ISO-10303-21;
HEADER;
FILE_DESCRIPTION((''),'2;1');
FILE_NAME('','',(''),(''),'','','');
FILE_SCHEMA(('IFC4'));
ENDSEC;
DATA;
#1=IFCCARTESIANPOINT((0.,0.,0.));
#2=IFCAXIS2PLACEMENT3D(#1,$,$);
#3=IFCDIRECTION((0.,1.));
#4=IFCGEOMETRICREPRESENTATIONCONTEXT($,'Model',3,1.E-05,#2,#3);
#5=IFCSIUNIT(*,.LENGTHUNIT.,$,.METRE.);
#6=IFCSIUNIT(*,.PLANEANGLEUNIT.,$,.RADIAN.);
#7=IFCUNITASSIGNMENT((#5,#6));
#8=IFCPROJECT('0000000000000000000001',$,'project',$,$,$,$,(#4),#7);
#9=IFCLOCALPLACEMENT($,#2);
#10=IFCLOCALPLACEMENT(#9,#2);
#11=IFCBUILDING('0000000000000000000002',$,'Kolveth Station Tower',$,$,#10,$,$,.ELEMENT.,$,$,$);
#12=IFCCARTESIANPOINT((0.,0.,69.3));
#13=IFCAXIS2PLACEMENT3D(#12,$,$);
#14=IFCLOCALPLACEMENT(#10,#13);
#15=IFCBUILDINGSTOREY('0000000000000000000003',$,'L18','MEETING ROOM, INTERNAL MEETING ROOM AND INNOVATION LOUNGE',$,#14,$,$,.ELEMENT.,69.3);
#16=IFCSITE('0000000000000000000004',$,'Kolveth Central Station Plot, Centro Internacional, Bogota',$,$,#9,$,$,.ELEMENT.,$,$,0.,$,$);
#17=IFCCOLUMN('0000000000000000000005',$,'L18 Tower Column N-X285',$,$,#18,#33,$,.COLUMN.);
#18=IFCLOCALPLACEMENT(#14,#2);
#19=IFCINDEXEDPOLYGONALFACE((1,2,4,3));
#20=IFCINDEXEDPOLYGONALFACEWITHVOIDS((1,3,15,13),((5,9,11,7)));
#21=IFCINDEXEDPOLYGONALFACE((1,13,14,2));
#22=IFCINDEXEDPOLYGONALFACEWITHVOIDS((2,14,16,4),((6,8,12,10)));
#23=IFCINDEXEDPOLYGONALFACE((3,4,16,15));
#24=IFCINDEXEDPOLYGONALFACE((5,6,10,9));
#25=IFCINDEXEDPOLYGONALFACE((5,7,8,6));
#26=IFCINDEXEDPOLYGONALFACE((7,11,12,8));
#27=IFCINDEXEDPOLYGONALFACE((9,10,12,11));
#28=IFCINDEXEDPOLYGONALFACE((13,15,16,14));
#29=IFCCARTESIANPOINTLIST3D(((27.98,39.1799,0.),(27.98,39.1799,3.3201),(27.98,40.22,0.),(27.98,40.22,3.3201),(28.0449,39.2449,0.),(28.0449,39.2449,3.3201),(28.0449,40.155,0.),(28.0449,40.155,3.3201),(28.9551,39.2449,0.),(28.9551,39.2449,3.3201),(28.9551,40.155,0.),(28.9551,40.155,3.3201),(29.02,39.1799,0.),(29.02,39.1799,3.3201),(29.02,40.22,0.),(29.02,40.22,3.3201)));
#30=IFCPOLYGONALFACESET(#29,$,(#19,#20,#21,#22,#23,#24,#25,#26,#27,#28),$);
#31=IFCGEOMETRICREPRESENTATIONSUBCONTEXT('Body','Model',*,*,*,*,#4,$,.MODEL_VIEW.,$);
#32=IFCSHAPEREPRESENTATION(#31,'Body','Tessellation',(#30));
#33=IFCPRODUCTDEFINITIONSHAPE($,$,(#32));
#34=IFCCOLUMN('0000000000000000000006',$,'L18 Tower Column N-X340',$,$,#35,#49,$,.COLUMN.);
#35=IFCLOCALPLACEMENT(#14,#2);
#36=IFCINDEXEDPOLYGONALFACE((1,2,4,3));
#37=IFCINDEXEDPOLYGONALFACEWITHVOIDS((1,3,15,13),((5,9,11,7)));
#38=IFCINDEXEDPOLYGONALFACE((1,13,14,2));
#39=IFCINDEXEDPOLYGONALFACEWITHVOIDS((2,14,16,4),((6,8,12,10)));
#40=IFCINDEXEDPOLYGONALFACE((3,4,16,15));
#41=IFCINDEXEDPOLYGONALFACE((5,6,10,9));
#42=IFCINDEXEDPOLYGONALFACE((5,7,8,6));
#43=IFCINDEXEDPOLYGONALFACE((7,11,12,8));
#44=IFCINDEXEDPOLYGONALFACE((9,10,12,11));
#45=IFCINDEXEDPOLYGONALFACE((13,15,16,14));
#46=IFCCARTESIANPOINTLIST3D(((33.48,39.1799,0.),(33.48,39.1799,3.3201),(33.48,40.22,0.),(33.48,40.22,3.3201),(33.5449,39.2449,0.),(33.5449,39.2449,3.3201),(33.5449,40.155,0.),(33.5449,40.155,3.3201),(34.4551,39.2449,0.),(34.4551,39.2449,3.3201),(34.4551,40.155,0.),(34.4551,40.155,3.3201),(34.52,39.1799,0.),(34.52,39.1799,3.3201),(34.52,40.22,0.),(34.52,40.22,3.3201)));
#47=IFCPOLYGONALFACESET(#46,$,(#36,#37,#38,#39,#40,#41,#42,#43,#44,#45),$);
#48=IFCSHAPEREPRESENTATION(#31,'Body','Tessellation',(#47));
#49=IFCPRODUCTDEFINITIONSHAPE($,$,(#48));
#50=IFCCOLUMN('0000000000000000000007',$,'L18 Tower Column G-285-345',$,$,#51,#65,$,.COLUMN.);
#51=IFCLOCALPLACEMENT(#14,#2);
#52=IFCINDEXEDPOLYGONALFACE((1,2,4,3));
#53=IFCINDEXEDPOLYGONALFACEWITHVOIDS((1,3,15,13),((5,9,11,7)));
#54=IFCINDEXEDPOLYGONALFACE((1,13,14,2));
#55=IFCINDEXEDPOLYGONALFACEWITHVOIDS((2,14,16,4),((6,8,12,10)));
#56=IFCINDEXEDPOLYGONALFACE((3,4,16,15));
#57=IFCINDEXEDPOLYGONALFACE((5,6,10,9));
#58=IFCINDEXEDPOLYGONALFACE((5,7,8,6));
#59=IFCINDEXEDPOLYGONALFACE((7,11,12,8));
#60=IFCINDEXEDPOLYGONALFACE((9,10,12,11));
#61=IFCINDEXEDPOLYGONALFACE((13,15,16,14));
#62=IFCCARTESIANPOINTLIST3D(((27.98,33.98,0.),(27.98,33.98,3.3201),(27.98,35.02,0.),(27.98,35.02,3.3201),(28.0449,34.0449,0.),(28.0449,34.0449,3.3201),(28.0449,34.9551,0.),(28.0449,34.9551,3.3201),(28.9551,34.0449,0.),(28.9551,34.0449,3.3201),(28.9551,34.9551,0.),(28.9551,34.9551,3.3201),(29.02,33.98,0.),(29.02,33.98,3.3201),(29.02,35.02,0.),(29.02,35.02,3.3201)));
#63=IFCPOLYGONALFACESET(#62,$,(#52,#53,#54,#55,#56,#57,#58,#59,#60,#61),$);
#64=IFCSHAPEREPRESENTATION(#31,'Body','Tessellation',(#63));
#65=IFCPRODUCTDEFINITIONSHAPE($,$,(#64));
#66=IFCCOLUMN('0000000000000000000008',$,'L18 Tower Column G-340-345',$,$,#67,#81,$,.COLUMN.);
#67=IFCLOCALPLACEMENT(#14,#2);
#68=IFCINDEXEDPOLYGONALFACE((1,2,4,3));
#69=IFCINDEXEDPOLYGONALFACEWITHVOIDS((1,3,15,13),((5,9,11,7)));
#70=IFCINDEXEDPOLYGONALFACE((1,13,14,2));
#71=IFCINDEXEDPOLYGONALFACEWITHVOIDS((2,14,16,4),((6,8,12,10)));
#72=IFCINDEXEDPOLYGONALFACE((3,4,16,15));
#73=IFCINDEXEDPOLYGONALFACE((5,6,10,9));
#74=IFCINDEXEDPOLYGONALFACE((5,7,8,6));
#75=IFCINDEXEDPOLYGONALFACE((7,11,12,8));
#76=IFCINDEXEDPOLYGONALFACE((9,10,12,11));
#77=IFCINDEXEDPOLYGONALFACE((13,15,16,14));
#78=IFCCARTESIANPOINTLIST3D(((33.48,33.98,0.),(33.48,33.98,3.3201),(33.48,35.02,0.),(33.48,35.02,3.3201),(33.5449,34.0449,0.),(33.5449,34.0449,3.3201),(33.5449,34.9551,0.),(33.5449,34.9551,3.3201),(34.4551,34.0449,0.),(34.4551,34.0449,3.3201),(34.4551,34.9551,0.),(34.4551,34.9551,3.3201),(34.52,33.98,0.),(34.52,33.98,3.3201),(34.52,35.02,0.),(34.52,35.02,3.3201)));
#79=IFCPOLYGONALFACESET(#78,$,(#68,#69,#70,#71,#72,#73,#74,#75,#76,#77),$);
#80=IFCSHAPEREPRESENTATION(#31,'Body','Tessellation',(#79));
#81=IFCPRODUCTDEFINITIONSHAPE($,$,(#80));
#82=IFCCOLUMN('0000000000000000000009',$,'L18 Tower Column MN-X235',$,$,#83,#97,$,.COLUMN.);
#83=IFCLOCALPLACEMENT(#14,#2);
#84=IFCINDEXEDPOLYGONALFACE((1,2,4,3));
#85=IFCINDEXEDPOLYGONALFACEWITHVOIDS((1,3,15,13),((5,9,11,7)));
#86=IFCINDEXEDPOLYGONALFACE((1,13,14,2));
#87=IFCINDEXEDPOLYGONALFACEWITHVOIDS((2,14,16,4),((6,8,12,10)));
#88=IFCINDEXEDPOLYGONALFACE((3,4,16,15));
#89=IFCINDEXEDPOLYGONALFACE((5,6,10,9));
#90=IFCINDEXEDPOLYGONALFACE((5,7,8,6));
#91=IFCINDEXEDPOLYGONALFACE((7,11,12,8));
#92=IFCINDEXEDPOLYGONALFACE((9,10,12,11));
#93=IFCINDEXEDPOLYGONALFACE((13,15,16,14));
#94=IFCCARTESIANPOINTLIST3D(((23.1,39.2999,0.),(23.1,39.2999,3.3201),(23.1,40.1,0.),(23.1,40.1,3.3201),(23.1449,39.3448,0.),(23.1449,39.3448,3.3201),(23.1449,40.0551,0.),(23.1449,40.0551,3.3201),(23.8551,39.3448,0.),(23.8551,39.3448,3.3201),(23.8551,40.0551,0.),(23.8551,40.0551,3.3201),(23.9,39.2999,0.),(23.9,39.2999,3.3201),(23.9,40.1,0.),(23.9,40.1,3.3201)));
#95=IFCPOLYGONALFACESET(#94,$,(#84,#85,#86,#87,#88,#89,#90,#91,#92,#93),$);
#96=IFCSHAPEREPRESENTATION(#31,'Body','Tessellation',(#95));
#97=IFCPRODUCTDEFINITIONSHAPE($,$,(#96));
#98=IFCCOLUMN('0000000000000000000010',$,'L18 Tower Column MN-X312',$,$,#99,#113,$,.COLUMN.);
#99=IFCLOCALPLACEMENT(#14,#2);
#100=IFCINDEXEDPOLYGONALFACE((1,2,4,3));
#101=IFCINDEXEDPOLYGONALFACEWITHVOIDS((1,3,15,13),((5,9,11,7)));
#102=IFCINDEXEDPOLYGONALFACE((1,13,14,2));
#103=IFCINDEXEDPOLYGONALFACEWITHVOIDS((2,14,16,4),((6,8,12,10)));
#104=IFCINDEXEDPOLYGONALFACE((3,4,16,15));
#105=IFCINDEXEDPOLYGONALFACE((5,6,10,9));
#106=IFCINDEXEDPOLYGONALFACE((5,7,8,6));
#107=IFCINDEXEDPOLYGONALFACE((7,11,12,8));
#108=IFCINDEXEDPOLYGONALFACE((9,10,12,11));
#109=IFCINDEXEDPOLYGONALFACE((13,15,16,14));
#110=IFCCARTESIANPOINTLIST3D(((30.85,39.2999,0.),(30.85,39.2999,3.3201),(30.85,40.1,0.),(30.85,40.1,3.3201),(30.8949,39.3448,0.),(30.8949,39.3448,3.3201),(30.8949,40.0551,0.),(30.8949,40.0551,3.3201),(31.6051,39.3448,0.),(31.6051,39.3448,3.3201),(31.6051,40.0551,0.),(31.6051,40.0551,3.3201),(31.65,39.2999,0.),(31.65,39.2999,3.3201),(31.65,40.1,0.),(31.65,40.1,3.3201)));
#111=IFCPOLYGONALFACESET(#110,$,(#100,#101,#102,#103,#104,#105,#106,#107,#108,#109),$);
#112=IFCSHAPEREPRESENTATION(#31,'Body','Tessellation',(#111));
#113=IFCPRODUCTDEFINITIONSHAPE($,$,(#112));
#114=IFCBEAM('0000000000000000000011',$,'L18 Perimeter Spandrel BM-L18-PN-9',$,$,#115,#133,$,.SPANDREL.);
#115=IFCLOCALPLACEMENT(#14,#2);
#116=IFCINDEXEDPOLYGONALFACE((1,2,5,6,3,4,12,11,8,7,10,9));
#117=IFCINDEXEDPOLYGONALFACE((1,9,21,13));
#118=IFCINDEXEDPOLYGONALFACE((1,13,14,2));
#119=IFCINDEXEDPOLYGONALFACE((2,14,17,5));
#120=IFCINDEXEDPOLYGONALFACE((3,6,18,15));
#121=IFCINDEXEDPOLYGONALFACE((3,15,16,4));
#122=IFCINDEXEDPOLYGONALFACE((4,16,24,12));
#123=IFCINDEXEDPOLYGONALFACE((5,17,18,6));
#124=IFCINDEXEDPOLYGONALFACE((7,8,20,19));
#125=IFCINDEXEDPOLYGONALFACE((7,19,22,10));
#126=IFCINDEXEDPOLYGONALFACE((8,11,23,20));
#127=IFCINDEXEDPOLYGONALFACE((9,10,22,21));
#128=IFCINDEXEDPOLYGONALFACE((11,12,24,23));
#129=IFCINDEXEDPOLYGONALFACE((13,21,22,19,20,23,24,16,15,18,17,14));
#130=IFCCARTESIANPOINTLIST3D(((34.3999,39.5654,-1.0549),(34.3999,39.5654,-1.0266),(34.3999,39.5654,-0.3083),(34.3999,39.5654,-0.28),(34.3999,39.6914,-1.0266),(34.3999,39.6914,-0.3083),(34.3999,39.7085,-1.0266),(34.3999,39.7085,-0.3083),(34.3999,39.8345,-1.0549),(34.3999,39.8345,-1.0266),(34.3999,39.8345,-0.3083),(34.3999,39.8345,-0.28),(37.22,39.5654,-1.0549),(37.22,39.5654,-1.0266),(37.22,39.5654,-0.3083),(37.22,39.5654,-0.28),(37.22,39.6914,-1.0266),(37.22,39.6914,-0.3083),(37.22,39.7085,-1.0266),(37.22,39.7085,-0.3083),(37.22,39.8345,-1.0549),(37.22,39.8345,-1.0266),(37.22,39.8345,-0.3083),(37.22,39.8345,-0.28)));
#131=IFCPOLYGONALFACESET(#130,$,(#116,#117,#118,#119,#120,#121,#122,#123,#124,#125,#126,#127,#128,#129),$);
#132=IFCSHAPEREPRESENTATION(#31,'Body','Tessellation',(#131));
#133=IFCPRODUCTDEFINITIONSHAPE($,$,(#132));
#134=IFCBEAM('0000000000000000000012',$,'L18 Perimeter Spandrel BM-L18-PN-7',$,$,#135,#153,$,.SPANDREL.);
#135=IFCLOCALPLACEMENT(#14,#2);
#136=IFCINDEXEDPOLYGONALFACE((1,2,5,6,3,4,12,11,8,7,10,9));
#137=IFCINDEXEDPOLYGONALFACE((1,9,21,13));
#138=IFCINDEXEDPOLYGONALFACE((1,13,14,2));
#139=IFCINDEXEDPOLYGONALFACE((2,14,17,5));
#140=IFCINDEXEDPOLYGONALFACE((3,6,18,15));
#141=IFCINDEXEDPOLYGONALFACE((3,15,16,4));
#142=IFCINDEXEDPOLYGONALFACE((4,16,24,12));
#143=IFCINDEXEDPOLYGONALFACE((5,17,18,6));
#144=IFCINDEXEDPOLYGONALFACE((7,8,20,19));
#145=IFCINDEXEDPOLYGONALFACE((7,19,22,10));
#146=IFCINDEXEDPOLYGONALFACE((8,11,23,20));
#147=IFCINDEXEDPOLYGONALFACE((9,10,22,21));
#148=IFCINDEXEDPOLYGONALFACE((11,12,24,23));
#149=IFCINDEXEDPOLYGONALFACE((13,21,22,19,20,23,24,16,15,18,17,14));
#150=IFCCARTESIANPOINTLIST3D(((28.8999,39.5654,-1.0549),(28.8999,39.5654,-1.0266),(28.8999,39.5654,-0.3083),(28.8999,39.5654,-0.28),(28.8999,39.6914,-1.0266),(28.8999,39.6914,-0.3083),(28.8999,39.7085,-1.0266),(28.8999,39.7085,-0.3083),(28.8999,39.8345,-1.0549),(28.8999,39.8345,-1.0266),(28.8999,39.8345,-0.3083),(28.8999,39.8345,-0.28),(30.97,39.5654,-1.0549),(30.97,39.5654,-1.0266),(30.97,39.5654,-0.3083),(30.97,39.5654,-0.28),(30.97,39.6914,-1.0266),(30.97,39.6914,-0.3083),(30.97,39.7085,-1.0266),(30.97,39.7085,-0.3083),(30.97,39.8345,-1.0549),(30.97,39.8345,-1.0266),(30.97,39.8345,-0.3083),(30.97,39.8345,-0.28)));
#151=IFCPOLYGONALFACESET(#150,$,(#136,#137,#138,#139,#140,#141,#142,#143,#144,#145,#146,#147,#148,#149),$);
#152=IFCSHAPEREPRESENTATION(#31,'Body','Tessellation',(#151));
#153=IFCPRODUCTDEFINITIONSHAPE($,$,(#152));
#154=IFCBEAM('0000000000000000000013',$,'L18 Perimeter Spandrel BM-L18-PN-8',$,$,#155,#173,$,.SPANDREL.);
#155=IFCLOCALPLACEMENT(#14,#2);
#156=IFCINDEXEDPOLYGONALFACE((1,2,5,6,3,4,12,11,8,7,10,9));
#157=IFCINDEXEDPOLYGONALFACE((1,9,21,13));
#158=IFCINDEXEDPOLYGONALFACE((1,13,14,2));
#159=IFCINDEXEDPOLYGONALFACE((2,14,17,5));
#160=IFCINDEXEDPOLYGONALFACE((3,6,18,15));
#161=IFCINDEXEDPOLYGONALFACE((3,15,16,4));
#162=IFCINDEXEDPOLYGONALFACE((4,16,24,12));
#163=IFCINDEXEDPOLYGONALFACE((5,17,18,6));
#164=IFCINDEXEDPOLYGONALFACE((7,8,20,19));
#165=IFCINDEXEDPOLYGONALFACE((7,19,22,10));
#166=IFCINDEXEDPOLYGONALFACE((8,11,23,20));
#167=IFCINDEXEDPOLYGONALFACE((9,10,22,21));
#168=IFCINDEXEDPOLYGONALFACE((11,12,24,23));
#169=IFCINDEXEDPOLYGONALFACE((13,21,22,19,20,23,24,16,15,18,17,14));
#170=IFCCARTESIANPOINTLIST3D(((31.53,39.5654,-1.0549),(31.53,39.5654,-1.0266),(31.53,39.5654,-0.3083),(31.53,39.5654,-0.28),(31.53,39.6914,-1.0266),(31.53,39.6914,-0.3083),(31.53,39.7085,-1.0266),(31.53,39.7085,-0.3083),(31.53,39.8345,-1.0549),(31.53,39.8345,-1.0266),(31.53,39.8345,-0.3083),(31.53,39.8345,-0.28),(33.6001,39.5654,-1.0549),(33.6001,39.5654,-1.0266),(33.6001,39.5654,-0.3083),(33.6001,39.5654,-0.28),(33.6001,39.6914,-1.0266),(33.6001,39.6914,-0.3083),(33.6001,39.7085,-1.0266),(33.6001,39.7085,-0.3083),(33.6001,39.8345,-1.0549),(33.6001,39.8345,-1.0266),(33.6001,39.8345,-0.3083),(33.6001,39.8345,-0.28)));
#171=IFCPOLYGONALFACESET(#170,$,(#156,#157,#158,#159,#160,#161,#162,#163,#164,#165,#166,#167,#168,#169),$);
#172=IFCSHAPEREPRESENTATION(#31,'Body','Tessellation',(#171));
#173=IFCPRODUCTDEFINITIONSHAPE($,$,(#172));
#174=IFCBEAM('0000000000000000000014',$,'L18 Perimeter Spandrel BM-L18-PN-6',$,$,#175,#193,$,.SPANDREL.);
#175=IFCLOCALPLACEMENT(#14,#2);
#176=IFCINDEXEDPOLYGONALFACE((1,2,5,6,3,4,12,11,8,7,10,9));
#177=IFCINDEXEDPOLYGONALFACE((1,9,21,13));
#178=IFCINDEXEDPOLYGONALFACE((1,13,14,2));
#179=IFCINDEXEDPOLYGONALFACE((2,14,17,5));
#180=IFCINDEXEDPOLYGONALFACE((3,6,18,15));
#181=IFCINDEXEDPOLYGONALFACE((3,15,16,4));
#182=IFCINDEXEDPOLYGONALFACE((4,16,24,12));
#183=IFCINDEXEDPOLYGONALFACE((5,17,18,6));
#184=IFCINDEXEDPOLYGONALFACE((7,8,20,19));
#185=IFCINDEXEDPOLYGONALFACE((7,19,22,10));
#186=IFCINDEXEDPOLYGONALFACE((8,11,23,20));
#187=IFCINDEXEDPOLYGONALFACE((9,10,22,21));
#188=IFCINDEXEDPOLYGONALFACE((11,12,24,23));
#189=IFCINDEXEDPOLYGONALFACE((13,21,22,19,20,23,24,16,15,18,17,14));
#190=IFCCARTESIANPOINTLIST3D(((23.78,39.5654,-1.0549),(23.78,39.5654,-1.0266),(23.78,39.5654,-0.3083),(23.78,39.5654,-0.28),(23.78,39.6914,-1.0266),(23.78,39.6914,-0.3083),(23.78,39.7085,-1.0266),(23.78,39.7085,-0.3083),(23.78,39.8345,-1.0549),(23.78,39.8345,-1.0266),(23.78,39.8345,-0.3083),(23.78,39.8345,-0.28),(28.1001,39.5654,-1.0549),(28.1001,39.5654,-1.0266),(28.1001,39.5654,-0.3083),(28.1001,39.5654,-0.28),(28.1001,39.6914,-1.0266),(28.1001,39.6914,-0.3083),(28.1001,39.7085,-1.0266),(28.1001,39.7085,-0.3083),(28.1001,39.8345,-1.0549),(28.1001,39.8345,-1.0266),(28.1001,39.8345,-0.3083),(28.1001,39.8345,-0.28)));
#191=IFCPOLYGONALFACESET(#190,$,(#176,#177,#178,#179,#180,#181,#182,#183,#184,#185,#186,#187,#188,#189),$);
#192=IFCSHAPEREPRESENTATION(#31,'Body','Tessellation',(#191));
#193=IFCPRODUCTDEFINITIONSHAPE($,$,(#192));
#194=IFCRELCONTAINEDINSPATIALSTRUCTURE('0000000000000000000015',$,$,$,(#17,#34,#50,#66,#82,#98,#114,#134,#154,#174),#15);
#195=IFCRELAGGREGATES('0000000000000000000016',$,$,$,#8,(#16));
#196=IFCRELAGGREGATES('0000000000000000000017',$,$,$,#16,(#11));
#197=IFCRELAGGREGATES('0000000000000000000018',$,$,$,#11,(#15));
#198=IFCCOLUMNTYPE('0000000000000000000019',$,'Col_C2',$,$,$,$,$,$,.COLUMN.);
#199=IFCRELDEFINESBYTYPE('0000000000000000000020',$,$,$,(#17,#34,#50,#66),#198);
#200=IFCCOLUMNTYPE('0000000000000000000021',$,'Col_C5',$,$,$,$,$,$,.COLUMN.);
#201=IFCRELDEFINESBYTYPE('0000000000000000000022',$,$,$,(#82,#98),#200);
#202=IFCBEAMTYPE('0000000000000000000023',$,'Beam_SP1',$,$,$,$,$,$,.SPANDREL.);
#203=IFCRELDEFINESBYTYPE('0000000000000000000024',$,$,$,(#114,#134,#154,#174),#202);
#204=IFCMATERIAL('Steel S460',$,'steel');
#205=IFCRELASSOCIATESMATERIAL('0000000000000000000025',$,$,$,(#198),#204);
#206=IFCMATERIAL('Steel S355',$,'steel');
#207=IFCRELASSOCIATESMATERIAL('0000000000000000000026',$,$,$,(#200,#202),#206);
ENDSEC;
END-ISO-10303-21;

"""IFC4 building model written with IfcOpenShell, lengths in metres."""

from ifc_helpers import new_model, si_unit, direction, frame, origin, origin_2d, place, context, subcontext, project, spatial, hollow_rectangle, i_section, extrude, source, transform, mapped, material, material_profile, profile_set, type_object, element, save


model = new_model("IFC4")

# Units and contexts
model_context = context("Model", 3, precision=1e-05, world=origin(), true_north=direction((0.0, 1.0)))
body_context = subcontext(model_context, "Body", "Model", "MODEL_VIEW")
ifc_project = project(units=[si_unit("LENGTHUNIT", "METRE"), si_unit("PLANEANGLEUNIT", "RADIAN")], contexts=[model_context])

# Site, building, storey
site_placement = place(None, origin())
site = spatial("IfcSite", under=ifc_project, at=site_placement, Name="Kolveth Central Station Plot, Centro Internacional, Bogota", CompositionType="ELEMENT", RefElevation=0.0)
building_placement = place(site_placement, origin())
building = spatial("IfcBuilding", under=site, at=building_placement, Name="Kolveth Station Tower", CompositionType="ELEMENT")
storey_placement = place(building_placement, frame((0.0, 0.0, 69.3)))
storey = spatial("IfcBuildingStorey", under=building, at=storey_placement, Name="L18", Description="MEETING ROOM, INTERNAL MEETING ROOM AND INNOVATION LOUNGE", CompositionType="ELEMENT", Elevation=69.3)

# Columns
ifc_material_1 = material(Name="Steel S460", Category="steel")
ifc_material_profile_1 = material_profile(ifc_material_1, hollow_rectangle(XDim=1.04, YDim=1.04, WallThickness=0.0649, at=origin_2d()), Name="BOX1040x1040x65")
ifc_profile_set_1 = profile_set([ifc_material_profile_1], Name="Steel S460")
column_type_1 = type_object("IfcColumnType", Name="Col_C2", PredefinedType="COLUMN", material=ifc_profile_set_1)
shared_shape_1 = source(origin(), body_context, "Body", "SweptSolid", [
    extrude(hollow_rectangle(XDim=1.04, YDim=1.04, WallThickness=0.0649, at=origin_2d()), origin(), (0.0, 0.0, 1.0), 3.3201),
])
for number, where, z_axis, x_axis, name in (
    (1, (28.5, 39.7, 0.0), (0.0, 0.0, 1.0), (1.0, 0.0, 0.0), "L18 Tower Column N-X285"),
    (2, (34.0, 39.7, 0.0), (0.0, 0.0, 1.0), (1.0, 0.0, 0.0), "L18 Tower Column N-X340"),
    (3, (28.5, 34.5, 0.0), (0.0, 0.0, 1.0), (1.0, 0.0, 0.0), "L18 Tower Column G-285-345"),
    (4, (34.0, 34.5, 0.0), (0.0, 0.0, 1.0), (1.0, 0.0, 0.0), "L18 Tower Column G-340-345"),
):
    element("IfcColumn", number, at=place(storey_placement, frame(where, z_axis=z_axis, x_axis=x_axis)), inside=storey, type_object=column_type_1, Name=name, PredefinedType="COLUMN", context=body_context, shape_type="MappedRepresentation", body=[
        mapped(shared_shape_1, transform((0.0, 0.0, 0.0), x_axis=(1.0, 0.0, 0.0), y_axis=(0.0, 1.0, 0.0), z_axis=(0.0, 0.0, 1.0), scale=1.0)),
    ])
ifc_material_2 = material(Name="Steel S355", Category="steel")
ifc_material_profile_2 = material_profile(ifc_material_2, hollow_rectangle(XDim=0.8, YDim=0.8, WallThickness=0.0449, at=origin_2d()), Name="BOX800x800x45")
ifc_profile_set_2 = profile_set([ifc_material_profile_2], Name="Steel S355")
column_type_2 = type_object("IfcColumnType", Name="Col_C5", PredefinedType="COLUMN", material=ifc_profile_set_2)
shared_shape_2 = source(origin(), body_context, "Body", "SweptSolid", [
    extrude(hollow_rectangle(XDim=0.8, YDim=0.8, WallThickness=0.0449, at=origin_2d()), origin(), (0.0, 0.0, 1.0), 3.3201),
])
for number, where, z_axis, x_axis, name in (
    (5, (23.5, 39.7, 0.0), (0.0, 0.0, 1.0), (1.0, 0.0, 0.0), "L18 Tower Column MN-X235"),
    (6, (31.25, 39.7, 0.0), (0.0, 0.0, 1.0), (1.0, 0.0, 0.0), "L18 Tower Column MN-X312"),
):
    element("IfcColumn", number, at=place(storey_placement, frame(where, z_axis=z_axis, x_axis=x_axis)), inside=storey, type_object=column_type_2, Name=name, PredefinedType="COLUMN", context=body_context, shape_type="MappedRepresentation", body=[
        mapped(shared_shape_2, transform((0.0, 0.0, 0.0), x_axis=(1.0, 0.0, 0.0), y_axis=(0.0, 1.0, 0.0), z_axis=(0.0, 0.0, 1.0), scale=1.0)),
    ])

# Beams
ifc_material_profile_3 = material_profile(ifc_material_2, i_section(OverallWidth=0.269, OverallDepth=0.7749, WebThickness=0.0171, FlangeThickness=0.0283, at=origin_2d()), Name="W760x220")
ifc_profile_set_3 = profile_set([ifc_material_profile_3], Name="Steel S355")
beam_type_1 = type_object("IfcBeamType", Name="Beam_SP1", PredefinedType="SPANDREL", material=ifc_profile_set_3)
shared_shape_3 = source(origin(), body_context, "Body", "SweptSolid", [
    extrude(i_section(OverallWidth=0.269, OverallDepth=0.7749, WebThickness=0.0171, FlangeThickness=0.0283, at=origin_2d()), origin(), (0.0, 0.0, 1.0), 2.8201),
])
beam_1_placement = place(storey_placement, frame((34.3999, 39.7, -0.6675), z_axis=(1.0, 0.0, 0.0), x_axis=(0.0, 1.0, 0.0)))
element("IfcBeam", 7, at=beam_1_placement, inside=storey, type_object=beam_type_1, Name="L18 Perimeter Spandrel BM-L18-PN-9", PredefinedType="SPANDREL", context=body_context, shape_type="MappedRepresentation", body=[
    mapped(shared_shape_3, transform((0.0, 0.0, 0.0), x_axis=(1.0, 0.0, 0.0), y_axis=(0.0, 1.0, 0.0), z_axis=(0.0, 0.0, 1.0), scale=1.0)),
])
shared_shape_4 = source(origin(), body_context, "Body", "SweptSolid", [
    extrude(i_section(OverallWidth=0.269, OverallDepth=0.7749, WebThickness=0.0171, FlangeThickness=0.0283, at=origin_2d()), origin(), (0.0, 0.0, 1.0), 2.0701),
])
for number, where, z_axis, x_axis, name in (
    (8, (28.8999, 39.7, -0.6675), (1.0, 0.0, 0.0), (0.0, 1.0, 0.0), "L18 Perimeter Spandrel BM-L18-PN-7"),
    (9, (31.53, 39.7, -0.6675), (1.0, 0.0, 0.0), (0.0, 1.0, 0.0), "L18 Perimeter Spandrel BM-L18-PN-8"),
):
    element("IfcBeam", number, at=place(storey_placement, frame(where, z_axis=z_axis, x_axis=x_axis)), inside=storey, type_object=beam_type_1, Name=name, PredefinedType="SPANDREL", context=body_context, shape_type="MappedRepresentation", body=[
        mapped(shared_shape_4, transform((0.0, 0.0, 0.0), x_axis=(1.0, 0.0, 0.0), y_axis=(0.0, 1.0, 0.0), z_axis=(0.0, 0.0, 1.0), scale=1.0)),
    ])
shared_shape_5 = source(origin(), body_context, "Body", "SweptSolid", [
    extrude(i_section(OverallWidth=0.269, OverallDepth=0.7749, WebThickness=0.0171, FlangeThickness=0.0283, at=origin_2d()), origin(), (0.0, 0.0, 1.0), 4.3201),
])
beam_2_placement = place(storey_placement, frame((23.78, 39.7, -0.6675), z_axis=(1.0, 0.0, 0.0), x_axis=(0.0, 1.0, 0.0)))
element("IfcBeam", 10, at=beam_2_placement, inside=storey, type_object=beam_type_1, Name="L18 Perimeter Spandrel BM-L18-PN-6", PredefinedType="SPANDREL", context=body_context, shape_type="MappedRepresentation", body=[
    mapped(shared_shape_5, transform((0.0, 0.0, 0.0), x_axis=(1.0, 0.0, 0.0), y_axis=(0.0, 1.0, 0.0), z_axis=(0.0, 0.0, 1.0), scale=1.0)),
])

save(model, "model.ifc")
